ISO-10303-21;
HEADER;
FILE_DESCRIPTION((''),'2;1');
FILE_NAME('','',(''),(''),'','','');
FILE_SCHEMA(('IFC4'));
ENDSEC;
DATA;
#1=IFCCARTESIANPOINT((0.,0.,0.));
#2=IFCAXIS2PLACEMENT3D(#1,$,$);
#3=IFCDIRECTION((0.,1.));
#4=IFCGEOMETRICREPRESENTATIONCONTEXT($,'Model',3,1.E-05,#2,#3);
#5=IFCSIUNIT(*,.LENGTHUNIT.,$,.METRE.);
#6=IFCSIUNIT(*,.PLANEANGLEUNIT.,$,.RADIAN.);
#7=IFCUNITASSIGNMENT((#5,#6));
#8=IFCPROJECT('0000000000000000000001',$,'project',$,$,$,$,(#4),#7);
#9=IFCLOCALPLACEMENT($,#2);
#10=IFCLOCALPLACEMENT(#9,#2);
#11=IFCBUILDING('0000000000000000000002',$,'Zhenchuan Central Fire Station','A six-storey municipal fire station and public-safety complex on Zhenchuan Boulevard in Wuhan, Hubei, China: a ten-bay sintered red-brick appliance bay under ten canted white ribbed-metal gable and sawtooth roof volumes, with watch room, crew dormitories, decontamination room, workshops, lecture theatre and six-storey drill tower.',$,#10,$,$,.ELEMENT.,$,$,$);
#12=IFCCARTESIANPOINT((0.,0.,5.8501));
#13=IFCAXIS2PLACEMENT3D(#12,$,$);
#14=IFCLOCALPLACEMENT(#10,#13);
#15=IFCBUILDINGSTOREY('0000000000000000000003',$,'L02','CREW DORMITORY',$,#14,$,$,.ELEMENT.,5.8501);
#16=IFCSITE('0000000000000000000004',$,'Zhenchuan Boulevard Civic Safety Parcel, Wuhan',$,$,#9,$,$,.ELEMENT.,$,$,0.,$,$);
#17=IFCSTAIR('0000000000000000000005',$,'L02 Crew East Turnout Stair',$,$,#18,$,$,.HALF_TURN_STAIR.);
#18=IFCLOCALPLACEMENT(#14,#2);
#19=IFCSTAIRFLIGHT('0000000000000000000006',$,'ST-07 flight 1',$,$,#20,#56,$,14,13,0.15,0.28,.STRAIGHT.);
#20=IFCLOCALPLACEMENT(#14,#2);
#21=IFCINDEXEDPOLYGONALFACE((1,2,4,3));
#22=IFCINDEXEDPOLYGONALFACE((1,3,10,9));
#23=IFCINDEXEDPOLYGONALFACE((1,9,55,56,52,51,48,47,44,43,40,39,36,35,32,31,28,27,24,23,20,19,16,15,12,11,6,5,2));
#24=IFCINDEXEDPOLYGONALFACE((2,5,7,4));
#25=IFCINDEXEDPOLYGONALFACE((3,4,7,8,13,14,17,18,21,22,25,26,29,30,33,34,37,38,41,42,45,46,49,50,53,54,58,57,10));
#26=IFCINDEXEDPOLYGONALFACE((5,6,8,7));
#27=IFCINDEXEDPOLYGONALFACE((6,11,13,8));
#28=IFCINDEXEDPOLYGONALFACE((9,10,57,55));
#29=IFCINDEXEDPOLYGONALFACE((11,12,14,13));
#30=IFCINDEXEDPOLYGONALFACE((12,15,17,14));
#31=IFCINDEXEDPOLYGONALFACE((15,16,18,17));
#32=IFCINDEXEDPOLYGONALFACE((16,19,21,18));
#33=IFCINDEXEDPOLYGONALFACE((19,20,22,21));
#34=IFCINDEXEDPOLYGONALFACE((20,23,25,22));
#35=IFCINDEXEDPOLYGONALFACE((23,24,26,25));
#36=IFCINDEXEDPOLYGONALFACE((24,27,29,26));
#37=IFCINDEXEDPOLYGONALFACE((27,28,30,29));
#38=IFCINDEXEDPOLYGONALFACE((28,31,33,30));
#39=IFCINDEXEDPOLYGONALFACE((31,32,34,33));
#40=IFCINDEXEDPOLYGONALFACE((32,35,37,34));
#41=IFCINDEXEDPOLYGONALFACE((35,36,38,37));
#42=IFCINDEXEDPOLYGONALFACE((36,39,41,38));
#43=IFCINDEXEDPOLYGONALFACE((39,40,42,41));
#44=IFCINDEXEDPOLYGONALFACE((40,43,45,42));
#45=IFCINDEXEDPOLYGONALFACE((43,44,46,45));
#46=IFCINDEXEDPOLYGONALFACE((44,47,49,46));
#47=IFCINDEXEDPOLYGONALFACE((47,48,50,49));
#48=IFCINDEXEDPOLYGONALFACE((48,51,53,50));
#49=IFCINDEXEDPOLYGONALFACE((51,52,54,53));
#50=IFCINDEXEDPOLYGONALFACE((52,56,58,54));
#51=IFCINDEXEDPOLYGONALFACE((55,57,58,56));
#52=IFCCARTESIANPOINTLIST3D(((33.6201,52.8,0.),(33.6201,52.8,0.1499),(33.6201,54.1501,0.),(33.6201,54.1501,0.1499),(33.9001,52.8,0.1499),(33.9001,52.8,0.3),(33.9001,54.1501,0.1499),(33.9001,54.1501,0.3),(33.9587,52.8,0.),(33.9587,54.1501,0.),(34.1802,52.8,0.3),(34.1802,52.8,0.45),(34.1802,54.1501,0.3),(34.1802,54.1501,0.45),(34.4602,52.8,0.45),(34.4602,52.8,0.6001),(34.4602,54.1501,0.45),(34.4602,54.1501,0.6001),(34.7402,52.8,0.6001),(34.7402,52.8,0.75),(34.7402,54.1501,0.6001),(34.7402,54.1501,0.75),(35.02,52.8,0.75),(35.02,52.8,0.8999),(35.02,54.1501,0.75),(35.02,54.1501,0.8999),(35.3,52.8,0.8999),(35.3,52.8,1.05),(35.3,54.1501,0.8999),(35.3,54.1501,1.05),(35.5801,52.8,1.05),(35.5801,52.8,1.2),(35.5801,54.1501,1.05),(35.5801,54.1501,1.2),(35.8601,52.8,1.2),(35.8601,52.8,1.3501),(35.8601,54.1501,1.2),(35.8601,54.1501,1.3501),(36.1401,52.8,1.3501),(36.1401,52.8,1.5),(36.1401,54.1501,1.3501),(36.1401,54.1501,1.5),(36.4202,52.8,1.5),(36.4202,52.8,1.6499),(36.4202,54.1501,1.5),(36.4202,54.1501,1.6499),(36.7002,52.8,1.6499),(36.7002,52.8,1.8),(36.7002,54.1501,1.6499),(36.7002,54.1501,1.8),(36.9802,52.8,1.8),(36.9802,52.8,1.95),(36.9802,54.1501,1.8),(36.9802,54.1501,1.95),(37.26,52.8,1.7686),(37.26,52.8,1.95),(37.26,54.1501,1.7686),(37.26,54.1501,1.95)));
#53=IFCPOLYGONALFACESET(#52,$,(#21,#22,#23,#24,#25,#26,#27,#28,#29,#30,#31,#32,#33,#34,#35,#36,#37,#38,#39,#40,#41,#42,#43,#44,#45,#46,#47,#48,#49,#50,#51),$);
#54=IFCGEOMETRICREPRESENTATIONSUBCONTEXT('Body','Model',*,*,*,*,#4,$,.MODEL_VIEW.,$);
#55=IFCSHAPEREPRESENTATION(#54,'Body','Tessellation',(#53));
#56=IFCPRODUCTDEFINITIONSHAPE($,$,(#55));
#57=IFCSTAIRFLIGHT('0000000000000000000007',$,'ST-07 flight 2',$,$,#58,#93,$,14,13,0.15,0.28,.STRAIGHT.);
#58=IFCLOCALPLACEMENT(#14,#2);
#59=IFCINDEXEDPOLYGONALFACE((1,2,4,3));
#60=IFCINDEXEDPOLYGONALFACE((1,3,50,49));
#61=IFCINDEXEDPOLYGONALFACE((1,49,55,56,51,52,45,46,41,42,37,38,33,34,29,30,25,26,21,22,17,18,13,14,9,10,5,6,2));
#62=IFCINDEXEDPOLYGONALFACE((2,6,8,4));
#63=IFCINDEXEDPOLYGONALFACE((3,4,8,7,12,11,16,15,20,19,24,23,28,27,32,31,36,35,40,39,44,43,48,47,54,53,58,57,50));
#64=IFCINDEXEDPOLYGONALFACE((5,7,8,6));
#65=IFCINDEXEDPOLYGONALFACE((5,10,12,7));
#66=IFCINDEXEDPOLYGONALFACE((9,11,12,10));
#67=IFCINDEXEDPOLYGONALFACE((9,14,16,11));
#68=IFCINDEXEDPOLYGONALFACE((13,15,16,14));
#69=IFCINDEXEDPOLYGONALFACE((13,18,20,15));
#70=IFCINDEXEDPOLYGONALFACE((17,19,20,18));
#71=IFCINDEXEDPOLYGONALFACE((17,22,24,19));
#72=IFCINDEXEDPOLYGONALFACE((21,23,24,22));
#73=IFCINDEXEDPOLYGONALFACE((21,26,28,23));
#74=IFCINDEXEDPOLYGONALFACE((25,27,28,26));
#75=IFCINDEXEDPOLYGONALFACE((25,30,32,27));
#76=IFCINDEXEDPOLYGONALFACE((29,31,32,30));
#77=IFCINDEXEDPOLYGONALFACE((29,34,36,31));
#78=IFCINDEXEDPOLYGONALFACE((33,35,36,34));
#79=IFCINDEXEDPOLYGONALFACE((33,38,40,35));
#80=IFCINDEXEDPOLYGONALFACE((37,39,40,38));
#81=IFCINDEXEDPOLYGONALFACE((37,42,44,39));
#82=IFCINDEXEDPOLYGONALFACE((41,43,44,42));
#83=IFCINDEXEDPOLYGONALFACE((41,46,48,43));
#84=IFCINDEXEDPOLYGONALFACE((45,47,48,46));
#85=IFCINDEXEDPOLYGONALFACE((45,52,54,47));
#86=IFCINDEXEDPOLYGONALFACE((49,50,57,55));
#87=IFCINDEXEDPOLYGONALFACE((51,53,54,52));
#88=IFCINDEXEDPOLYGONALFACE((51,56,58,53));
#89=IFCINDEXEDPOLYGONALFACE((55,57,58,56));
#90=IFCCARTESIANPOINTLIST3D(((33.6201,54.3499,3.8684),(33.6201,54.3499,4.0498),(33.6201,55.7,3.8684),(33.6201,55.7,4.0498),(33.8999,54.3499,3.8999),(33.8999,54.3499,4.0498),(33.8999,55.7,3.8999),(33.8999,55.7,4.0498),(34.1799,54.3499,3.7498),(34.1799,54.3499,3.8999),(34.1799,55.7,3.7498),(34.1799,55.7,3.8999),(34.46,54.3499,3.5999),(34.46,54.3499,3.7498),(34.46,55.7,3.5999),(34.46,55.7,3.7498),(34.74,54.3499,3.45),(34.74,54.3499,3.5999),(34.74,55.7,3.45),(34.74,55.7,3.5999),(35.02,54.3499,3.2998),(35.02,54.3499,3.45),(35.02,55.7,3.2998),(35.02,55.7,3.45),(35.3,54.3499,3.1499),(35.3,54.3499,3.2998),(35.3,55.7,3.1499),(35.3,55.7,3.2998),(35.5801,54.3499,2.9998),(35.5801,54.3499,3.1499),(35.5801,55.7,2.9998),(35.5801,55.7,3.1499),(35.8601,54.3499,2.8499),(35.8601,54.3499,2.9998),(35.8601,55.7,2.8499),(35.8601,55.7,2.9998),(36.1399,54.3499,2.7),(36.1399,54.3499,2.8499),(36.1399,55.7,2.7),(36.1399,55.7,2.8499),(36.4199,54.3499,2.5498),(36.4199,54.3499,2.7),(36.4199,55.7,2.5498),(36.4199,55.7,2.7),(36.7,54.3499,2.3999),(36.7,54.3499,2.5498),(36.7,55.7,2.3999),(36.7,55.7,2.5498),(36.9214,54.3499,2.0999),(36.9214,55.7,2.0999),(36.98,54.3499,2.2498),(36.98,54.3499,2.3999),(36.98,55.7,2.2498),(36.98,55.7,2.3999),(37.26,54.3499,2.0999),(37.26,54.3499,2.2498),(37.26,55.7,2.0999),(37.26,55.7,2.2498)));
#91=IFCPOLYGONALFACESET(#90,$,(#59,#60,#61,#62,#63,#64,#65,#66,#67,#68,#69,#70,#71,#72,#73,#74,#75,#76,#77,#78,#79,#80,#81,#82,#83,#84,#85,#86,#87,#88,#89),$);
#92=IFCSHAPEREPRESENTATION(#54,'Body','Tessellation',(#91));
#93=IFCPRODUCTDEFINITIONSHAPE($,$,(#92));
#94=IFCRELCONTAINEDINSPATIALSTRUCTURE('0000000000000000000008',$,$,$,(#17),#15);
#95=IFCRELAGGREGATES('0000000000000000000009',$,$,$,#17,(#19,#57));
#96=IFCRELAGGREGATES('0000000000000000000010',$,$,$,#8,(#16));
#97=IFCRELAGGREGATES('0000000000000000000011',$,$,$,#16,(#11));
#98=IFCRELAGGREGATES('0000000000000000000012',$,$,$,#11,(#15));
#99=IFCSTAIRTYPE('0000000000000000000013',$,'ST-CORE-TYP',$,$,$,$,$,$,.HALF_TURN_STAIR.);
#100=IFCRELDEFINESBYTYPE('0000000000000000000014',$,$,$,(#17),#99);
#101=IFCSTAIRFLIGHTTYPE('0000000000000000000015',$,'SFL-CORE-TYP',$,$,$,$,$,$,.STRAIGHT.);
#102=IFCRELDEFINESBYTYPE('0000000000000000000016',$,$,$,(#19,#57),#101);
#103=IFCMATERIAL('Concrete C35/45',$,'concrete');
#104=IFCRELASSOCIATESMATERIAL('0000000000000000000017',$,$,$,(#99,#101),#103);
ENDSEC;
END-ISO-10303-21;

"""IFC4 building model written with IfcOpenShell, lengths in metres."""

from ifc_helpers import new_model, si_unit, direction, frame, origin, place, context, subcontext, project, spatial, polyline, outline, extrude, material, type_object, element, aggregate, save


model = new_model("IFC4")

# Units and contexts
model_context = context("Model", 3, precision=1e-05, world=origin(), true_north=direction((0.0, 1.0)))
body_context = subcontext(model_context, "Body", "Model", "MODEL_VIEW")
ifc_project = project(units=[si_unit("LENGTHUNIT", "METRE"), si_unit("PLANEANGLEUNIT", "RADIAN")], contexts=[model_context])

# Site, building, storey
site_placement = place(None, origin())
site = spatial("IfcSite", under=ifc_project, at=site_placement, Name="Zhenchuan Boulevard Civic Safety Parcel, Wuhan", CompositionType="ELEMENT", RefElevation=0.0)
building_placement = place(site_placement, origin())
building = spatial("IfcBuilding", under=site, at=building_placement, Name="Zhenchuan Central Fire Station", Description="A six-storey municipal fire station and public-safety complex on Zhenchuan Boulevard in Wuhan, Hubei, China: a ten-bay sintered red-brick appliance bay under ten canted white ribbed-metal gable and sawtooth roof volumes, with watch room, crew dormitories, decontamination room, workshops, lecture theatre and six-storey drill tower.", CompositionType="ELEMENT")
storey_placement = place(building_placement, frame((0.0, 0.0, 5.8501)))
storey = spatial("IfcBuildingStorey", under=building, at=storey_placement, Name="L02", Description="CREW DORMITORY", CompositionType="ELEMENT", Elevation=5.8501)

# Stair, stair flights
ifc_material_1 = material(Name="Concrete C35/45", Category="concrete")
stair_type = type_object("IfcStairType", Name="ST-CORE-TYP", PredefinedType="HALF_TURN_STAIR", material=ifc_material_1)
stair_placement = place(storey_placement, origin())
stair = element("IfcStair", 1, at=stair_placement, inside=storey, type_object=stair_type, Name="L02 Crew East Turnout Stair", PredefinedType="HALF_TURN_STAIR")
stair_flight_type = type_object("IfcStairFlightType", Name="SFL-CORE-TYP", PredefinedType="STRAIGHT", material=ifc_material_1)
stair_flight_1_placement = place(storey_placement, frame((33.6201, 53.4751, 0.0), z_axis=(0.0, 0.0, 1.0), x_axis=(1.0, 0.0, 0.0)))
stair_flight_1 = element("IfcStairFlight", 2, at=stair_flight_1_placement, type_object=stair_flight_type, Name="ST-07 flight 1", NumberOfRisers=14, NumberOfTreads=13, PredefinedType="STRAIGHT", RiserHeight=0.15, TreadLength=0.28, context=body_context, shape_type="SweptSolid", body=[
    extrude(outline(polyline([(0.0, 0.0), (0.0, 0.1499), (0.28, 0.1499), (0.28, 0.3), (0.5601, 0.3), (0.5601, 0.45), (0.8401, 0.45), (0.8401, 0.6001), (1.1201, 0.6001), (1.1201, 0.75), (1.3999, 0.75), (1.3999, 0.8999), (1.6799, 0.8999), (1.6799, 1.05), (1.96, 1.05), (1.96, 1.2), (2.24, 1.2), (2.24, 1.3501), (2.52, 1.3501), (2.52, 1.5), (2.8, 1.5), (2.8, 1.6499), (3.0801, 1.6499), (3.0801, 1.8), (3.3601, 1.8), (3.3601, 1.95), (3.6399, 1.95), (3.6399, 2.1001), (3.6399, 1.7686), (0.3386, 0.0), (0.0, 0.0)])), frame((0.0, 0.675, 0.0), z_axis=(0.0, -1.0, 0.0), x_axis=(1.0, 0.0, 0.0)), (0.0, 0.0, 1.0), 1.3501),
])
stair_flight_2_placement = place(storey_placement, frame((37.26, 55.0249, 2.0999), z_axis=(0.0, 0.0, 1.0), x_axis=(-1.0, 0.0, 0.0)))
stair_flight_2 = element("IfcStairFlight", 3, at=stair_flight_2_placement, type_object=stair_flight_type, Name="ST-07 flight 2", NumberOfRisers=14, NumberOfTreads=13, PredefinedType="STRAIGHT", RiserHeight=0.15, TreadLength=0.28, context=body_context, shape_type="SweptSolid", body=[
    extrude(outline(polyline([(0.0, 0.0), (0.0, 0.1499), (0.28, 0.1499), (0.28, 0.3), (0.5601, 0.3), (0.5601, 0.45), (0.8401, 0.45), (0.8401, 0.6001), (1.1201, 0.6001), (1.1201, 0.75), (1.3999, 0.75), (1.3999, 0.8999), (1.6799, 0.8999), (1.6799, 1.05), (1.96, 1.05), (1.96, 1.2), (2.24, 1.2), (2.24, 1.3501), (2.52, 1.3501), (2.52, 1.5), (2.8, 1.5), (2.8, 1.6499), (3.0801, 1.6499), (3.0801, 1.8), (3.3601, 1.8), (3.3601, 1.95), (3.6399, 1.95), (3.6399, 2.1001), (3.6399, 1.7686), (0.3386, 0.0), (0.0, 0.0)])), frame((0.0, 0.675, 0.0), z_axis=(0.0, -1.0, 0.0), x_axis=(1.0, 0.0, 0.0)), (0.0, 0.0, 1.0), 1.3501),
])
aggregate(stair, [stair_flight_1, stair_flight_2])

save(model, "model.ifc")
